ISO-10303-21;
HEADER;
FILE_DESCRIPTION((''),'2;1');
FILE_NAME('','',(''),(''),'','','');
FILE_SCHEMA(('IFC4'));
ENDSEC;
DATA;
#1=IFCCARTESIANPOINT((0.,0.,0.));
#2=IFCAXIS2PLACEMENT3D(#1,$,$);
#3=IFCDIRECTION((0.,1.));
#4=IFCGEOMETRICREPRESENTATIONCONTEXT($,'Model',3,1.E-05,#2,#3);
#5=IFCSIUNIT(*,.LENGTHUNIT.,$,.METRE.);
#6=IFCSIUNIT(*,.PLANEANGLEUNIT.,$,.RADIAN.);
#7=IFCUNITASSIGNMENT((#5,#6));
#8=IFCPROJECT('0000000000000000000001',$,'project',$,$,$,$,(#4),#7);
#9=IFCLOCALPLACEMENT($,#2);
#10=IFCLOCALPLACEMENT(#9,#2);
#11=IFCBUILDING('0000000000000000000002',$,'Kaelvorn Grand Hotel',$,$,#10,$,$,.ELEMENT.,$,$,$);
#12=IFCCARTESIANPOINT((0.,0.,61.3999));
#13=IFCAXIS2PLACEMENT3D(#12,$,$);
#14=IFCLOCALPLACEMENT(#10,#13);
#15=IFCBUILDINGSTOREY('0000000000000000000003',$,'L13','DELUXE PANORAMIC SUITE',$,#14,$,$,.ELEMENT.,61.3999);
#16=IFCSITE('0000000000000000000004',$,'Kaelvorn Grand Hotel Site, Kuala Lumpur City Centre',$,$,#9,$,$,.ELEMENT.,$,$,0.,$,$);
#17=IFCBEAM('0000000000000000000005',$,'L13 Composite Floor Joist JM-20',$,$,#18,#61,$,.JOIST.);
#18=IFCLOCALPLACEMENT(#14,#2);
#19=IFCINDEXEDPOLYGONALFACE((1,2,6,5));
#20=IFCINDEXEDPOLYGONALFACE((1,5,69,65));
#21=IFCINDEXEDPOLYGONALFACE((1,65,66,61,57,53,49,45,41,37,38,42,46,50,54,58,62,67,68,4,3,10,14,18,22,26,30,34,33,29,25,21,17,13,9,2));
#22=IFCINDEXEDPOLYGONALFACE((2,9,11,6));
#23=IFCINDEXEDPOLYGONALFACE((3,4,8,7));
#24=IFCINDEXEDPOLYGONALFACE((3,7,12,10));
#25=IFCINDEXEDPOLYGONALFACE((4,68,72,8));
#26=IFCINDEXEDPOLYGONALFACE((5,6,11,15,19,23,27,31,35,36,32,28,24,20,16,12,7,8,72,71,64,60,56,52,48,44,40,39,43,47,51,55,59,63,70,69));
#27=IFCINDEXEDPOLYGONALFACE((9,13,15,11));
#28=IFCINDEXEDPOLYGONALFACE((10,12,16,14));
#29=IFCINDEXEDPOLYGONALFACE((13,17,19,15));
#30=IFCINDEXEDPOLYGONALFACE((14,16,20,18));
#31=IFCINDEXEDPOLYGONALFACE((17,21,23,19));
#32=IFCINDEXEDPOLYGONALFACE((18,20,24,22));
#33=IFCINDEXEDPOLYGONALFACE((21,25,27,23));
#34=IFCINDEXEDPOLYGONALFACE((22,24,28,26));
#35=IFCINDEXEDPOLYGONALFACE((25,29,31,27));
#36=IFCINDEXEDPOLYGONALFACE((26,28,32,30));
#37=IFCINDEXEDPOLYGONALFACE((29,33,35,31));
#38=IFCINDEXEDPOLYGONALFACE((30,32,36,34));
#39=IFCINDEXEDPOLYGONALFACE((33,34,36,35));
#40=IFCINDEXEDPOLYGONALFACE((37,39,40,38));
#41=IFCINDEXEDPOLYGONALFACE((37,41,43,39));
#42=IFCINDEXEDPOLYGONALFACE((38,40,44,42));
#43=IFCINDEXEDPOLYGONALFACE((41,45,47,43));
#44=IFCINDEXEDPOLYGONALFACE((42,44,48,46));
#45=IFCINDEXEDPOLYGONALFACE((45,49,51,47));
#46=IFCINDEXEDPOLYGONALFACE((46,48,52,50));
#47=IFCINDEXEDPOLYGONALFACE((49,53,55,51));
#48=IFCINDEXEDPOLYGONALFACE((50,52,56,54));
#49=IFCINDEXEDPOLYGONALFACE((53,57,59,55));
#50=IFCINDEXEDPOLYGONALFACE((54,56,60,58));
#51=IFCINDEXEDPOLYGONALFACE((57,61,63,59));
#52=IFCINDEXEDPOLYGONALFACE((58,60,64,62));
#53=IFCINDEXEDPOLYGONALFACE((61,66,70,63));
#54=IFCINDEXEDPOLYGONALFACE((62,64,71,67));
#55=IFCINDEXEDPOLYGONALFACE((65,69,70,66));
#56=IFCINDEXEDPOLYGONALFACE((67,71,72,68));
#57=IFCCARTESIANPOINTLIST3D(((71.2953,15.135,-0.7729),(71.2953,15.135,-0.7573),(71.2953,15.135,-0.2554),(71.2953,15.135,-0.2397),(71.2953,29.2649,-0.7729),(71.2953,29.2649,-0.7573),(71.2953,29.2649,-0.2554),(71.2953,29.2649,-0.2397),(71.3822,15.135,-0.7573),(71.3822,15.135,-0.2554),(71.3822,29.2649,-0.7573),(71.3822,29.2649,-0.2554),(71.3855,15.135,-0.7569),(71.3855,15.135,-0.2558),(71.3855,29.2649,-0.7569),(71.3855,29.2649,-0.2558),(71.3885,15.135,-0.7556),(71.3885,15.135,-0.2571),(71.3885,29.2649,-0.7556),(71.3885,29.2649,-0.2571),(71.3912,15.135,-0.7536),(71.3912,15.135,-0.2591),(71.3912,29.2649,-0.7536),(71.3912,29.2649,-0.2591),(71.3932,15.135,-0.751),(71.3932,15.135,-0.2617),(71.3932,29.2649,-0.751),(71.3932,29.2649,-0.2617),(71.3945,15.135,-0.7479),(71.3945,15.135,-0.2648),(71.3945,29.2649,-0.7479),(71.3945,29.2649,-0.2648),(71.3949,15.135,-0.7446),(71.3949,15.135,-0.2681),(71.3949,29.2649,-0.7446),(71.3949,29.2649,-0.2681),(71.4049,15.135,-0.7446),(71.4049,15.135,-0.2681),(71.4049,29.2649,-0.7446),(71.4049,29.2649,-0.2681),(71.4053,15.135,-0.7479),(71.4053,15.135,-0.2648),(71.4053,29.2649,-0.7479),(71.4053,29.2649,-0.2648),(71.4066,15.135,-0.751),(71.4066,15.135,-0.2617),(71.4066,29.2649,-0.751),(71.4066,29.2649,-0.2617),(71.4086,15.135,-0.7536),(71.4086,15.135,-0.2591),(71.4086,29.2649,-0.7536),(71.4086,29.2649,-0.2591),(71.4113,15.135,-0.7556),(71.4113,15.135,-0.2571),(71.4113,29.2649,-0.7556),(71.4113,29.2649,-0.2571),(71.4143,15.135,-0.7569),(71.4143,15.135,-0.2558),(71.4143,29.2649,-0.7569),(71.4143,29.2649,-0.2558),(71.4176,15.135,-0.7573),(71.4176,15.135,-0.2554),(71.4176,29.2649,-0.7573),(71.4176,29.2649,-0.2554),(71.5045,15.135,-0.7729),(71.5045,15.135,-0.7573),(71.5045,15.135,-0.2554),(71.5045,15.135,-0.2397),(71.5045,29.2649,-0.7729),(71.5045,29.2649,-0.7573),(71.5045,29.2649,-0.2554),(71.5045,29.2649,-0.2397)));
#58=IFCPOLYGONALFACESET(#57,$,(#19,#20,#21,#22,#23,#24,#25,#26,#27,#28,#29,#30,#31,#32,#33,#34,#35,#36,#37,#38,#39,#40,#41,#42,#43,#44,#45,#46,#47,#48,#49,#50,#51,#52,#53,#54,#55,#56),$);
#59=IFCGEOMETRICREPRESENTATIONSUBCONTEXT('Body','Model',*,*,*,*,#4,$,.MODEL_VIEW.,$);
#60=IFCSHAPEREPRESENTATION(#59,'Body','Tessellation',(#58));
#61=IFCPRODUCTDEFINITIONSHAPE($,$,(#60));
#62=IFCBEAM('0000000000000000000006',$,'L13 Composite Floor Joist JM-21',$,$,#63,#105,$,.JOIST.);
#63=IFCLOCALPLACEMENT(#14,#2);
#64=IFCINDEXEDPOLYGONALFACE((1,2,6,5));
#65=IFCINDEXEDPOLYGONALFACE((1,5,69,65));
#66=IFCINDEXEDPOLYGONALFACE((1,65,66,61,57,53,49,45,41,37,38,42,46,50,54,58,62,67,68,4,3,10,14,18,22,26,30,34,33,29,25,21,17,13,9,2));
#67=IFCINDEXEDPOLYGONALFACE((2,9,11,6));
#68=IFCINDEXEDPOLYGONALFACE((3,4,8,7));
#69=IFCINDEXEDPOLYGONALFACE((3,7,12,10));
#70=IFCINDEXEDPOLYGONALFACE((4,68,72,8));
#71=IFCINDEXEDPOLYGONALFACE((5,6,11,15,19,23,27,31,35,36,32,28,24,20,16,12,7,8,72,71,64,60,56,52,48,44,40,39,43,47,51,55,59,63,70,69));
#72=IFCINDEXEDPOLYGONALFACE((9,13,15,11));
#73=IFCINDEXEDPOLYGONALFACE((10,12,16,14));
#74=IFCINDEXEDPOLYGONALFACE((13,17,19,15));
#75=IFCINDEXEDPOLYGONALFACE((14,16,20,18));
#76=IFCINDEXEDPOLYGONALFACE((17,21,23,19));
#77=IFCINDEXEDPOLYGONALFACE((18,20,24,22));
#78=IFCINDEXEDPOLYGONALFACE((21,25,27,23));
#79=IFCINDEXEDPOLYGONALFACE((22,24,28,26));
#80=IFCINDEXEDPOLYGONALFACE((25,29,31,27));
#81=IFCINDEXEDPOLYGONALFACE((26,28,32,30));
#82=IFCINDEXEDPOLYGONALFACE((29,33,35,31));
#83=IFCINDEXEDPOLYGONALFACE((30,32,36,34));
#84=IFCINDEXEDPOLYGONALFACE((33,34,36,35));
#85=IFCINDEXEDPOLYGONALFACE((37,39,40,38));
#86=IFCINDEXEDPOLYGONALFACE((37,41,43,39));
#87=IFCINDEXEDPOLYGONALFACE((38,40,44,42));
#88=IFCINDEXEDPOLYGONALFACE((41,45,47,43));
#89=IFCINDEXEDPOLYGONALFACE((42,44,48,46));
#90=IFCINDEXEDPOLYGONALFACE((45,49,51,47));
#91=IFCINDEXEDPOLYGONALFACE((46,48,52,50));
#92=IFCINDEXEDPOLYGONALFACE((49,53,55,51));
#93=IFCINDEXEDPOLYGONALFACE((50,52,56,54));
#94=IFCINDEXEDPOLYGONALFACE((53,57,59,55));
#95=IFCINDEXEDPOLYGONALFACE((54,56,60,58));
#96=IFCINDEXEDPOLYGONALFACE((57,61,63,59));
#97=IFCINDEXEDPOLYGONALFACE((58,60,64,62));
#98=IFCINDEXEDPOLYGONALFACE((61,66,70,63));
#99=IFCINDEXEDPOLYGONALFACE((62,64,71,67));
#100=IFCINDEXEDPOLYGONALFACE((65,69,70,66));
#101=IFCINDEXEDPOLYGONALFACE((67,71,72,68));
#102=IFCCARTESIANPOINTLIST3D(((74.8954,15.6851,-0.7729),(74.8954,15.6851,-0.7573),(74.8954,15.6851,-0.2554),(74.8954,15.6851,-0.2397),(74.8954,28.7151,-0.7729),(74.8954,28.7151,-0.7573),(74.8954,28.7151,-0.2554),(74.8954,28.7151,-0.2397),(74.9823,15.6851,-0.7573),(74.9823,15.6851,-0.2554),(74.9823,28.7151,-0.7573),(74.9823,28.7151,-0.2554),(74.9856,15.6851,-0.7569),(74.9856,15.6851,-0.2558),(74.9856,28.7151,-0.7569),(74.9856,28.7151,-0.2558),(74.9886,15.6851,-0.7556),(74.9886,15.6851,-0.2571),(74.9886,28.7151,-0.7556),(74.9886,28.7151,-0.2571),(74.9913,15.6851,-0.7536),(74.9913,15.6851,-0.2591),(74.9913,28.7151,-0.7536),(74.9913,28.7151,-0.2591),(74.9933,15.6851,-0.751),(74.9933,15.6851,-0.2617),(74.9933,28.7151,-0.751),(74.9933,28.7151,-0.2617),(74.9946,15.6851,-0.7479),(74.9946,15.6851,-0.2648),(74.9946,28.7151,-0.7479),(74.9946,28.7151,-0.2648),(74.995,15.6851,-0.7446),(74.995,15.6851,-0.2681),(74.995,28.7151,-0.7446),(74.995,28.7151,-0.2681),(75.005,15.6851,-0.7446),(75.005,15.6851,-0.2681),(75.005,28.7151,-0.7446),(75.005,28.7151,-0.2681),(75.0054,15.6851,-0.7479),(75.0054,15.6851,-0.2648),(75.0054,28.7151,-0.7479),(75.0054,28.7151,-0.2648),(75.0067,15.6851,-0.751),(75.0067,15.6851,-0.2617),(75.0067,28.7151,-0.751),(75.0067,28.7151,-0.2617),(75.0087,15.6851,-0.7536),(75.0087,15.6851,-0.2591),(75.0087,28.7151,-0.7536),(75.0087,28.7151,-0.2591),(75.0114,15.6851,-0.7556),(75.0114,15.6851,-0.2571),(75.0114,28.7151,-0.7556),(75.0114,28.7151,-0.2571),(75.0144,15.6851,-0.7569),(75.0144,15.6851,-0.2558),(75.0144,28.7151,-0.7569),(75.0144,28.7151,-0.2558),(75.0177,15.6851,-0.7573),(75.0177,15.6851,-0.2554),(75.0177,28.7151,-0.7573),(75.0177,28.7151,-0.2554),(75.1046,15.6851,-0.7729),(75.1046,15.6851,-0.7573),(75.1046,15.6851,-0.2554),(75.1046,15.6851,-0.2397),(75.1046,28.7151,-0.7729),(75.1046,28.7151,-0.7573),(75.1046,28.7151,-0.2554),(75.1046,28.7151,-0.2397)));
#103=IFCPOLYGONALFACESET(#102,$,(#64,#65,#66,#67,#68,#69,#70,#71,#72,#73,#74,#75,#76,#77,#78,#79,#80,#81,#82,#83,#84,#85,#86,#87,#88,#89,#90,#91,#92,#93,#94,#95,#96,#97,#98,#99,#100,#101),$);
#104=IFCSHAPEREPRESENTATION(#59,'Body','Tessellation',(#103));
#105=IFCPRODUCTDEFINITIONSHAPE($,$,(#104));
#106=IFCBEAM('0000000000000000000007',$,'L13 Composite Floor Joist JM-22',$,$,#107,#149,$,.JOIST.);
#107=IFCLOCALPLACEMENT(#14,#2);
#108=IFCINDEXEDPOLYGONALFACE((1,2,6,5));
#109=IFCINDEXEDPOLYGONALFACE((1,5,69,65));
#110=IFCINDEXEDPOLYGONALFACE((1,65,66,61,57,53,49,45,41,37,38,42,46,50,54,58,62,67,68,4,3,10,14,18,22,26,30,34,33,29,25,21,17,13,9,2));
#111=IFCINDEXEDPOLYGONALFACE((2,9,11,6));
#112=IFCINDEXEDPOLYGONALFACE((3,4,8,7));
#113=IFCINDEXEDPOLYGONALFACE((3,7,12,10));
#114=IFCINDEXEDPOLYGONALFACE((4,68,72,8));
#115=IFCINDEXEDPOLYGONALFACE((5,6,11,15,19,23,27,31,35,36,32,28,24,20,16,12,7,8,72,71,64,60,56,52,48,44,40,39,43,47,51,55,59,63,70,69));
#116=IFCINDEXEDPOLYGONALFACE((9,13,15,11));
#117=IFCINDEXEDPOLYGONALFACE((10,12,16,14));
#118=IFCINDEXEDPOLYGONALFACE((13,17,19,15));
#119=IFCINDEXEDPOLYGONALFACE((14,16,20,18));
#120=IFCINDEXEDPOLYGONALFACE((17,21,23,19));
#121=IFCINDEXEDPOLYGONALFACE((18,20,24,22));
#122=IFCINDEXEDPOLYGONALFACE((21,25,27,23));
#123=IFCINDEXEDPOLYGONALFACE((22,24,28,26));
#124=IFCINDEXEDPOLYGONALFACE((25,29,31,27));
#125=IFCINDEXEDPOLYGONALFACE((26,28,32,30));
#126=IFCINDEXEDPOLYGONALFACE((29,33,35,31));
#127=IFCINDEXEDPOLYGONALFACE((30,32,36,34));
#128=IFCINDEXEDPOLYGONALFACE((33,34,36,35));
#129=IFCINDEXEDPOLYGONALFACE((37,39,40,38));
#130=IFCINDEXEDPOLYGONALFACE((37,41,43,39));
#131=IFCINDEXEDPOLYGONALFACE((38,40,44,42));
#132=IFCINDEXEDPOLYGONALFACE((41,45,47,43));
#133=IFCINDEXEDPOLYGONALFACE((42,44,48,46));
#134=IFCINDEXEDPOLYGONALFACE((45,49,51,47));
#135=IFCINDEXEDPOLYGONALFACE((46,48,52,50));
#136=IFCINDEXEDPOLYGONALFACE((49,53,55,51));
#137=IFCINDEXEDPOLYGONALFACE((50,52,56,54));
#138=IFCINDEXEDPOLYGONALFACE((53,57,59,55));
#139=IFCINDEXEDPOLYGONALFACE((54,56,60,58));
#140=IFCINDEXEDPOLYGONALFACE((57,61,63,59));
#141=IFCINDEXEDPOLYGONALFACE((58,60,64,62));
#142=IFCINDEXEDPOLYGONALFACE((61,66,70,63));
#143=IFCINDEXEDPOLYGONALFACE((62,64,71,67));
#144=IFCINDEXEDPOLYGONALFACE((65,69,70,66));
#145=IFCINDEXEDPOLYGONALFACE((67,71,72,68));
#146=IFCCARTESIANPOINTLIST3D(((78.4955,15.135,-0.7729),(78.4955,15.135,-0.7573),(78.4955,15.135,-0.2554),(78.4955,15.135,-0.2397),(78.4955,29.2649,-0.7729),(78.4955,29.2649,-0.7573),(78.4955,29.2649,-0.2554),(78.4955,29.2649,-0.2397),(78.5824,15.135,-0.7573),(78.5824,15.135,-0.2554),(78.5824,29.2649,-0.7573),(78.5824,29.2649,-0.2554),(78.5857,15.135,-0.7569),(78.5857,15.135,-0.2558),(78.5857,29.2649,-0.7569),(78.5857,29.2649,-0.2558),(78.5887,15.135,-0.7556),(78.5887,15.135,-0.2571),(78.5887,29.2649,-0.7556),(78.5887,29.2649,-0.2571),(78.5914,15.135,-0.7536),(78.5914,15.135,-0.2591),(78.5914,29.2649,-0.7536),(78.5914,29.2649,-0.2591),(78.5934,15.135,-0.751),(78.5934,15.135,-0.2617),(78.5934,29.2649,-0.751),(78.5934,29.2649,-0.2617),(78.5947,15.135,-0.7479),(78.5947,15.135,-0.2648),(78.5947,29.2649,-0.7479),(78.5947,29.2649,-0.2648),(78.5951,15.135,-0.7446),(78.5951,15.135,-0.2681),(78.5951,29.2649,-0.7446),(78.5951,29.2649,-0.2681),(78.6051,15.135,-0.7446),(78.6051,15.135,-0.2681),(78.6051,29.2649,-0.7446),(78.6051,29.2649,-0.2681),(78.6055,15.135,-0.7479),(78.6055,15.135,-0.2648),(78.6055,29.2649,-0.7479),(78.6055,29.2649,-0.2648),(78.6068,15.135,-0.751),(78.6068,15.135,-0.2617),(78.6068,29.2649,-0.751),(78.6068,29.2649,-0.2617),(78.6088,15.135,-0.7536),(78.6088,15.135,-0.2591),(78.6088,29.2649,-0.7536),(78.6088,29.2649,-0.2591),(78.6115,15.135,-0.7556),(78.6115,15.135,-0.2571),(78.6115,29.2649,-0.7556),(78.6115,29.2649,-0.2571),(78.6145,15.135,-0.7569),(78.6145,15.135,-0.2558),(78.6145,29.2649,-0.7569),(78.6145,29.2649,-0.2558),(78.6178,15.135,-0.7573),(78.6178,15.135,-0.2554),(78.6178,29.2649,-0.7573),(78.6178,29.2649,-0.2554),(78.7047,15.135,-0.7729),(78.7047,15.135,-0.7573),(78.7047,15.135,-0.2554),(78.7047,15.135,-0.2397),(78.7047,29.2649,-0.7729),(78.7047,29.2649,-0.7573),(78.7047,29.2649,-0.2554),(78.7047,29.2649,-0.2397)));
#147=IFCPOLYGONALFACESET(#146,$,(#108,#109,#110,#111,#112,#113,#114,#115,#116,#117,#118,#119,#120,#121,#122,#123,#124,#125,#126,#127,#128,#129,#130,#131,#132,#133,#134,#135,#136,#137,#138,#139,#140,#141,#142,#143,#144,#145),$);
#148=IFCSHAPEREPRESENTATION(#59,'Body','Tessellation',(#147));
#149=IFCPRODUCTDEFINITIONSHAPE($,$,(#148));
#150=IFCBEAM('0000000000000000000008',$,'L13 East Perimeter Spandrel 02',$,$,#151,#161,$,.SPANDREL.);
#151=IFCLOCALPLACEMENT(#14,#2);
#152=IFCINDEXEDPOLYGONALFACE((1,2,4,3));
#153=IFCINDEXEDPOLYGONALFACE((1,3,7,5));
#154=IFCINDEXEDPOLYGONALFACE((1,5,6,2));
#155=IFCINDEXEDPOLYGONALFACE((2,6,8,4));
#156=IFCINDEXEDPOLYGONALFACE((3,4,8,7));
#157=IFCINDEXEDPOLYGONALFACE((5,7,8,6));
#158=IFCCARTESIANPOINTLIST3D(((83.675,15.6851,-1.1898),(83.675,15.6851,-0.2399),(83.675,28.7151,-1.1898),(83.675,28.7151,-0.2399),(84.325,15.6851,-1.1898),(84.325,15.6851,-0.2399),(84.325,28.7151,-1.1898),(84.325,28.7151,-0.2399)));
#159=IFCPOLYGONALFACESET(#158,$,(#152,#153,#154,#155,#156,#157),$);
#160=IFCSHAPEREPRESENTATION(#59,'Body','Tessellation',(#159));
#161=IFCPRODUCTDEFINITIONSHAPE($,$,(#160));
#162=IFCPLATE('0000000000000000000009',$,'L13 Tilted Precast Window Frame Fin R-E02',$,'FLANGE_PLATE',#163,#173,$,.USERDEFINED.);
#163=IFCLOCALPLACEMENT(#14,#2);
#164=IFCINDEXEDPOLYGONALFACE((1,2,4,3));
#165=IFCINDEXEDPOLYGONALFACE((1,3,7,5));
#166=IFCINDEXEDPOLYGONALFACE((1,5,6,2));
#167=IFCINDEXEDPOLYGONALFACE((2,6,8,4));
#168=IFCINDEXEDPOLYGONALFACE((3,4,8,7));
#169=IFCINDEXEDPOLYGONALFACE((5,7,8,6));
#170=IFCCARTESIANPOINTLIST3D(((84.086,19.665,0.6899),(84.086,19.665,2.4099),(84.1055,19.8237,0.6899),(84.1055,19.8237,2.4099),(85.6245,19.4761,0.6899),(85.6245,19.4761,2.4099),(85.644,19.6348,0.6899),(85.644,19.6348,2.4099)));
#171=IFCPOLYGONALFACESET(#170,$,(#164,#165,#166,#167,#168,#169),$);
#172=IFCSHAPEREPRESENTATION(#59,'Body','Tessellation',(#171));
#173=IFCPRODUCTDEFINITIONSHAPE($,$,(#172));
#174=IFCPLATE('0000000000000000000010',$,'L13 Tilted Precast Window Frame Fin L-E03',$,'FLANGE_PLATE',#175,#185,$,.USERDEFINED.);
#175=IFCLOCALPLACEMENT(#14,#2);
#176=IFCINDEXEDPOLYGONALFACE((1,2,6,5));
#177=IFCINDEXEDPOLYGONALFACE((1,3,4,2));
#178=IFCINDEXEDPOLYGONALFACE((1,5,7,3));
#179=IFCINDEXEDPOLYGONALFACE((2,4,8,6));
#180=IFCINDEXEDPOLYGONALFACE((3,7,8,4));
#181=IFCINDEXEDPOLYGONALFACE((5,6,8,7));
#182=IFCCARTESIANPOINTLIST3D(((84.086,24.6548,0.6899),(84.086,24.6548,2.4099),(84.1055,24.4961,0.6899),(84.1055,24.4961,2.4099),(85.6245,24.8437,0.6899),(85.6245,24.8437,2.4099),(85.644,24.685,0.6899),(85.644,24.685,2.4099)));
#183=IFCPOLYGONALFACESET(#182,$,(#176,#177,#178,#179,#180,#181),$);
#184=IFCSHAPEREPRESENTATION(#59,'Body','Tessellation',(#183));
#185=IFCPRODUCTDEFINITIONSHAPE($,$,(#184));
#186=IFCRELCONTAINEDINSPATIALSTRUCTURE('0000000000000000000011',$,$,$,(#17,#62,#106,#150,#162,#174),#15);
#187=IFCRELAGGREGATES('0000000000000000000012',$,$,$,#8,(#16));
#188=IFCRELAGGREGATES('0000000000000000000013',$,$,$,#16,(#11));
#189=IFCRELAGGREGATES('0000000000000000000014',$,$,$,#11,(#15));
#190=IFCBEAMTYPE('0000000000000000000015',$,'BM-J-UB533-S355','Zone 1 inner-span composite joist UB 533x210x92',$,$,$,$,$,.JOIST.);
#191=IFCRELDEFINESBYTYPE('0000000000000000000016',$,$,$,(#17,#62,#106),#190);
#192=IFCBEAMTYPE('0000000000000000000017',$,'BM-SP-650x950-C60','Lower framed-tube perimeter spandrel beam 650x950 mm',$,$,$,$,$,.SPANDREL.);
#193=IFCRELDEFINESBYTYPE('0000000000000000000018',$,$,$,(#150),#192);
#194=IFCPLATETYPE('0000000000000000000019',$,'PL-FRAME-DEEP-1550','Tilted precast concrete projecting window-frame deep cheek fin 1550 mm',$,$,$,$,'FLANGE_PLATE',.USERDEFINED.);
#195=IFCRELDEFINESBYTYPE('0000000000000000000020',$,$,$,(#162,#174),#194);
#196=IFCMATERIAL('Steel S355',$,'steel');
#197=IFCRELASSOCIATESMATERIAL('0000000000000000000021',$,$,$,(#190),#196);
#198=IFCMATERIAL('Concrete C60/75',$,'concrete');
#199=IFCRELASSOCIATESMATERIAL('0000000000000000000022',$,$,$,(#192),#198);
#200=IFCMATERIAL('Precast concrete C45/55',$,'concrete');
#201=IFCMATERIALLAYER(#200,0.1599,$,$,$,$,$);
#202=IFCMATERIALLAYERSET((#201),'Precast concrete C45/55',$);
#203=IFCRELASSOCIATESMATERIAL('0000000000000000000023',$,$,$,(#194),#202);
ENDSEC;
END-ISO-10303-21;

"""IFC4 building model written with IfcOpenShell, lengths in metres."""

from ifc_helpers import new_model, si_unit, direction, frame, origin, origin_2d, place, context, subcontext, project, spatial, rectangle, i_section, extrude, material, layer, layer_set, material_profile, profile_set, type_object, element, save


model = new_model("IFC4")

# Units and contexts
model_context = context("Model", 3, precision=1e-05, world=origin(), true_north=direction((0.0, 1.0)))
body_context = subcontext(model_context, "Body", "Model", "MODEL_VIEW")
ifc_project = project(units=[si_unit("LENGTHUNIT", "METRE"), si_unit("PLANEANGLEUNIT", "RADIAN")], contexts=[model_context])

# Site, building, storey
site_placement = place(None, origin())
site = spatial("IfcSite", under=ifc_project, at=site_placement, Name="Kaelvorn Grand Hotel Site, Kuala Lumpur City Centre", CompositionType="ELEMENT", RefElevation=0.0)
building_placement = place(site_placement, origin())
building = spatial("IfcBuilding", under=site, at=building_placement, Name="Kaelvorn Grand Hotel", CompositionType="ELEMENT")
storey_placement = place(building_placement, frame((0.0, 0.0, 61.3999)))
storey = spatial("IfcBuildingStorey", under=building, at=storey_placement, Name="L13", Description="DELUXE PANORAMIC SUITE", CompositionType="ELEMENT", Elevation=61.3999)

# Beams
ifc_material_1 = material(Name="Steel S355", Category="steel")
ifc_material_profile_1 = material_profile(ifc_material_1, i_section(OverallWidth=0.2092, OverallDepth=0.5332, WebThickness=0.01, FlangeThickness=0.0156, FilletRadius=0.0127, at=origin_2d()), Name="UB 533x210x92")
ifc_profile_set_1 = profile_set([ifc_material_profile_1], Name="Steel S355")
beam_type_1 = type_object("IfcBeamType", Name="BM-J-UB533-S355", Description="Zone 1 inner-span composite joist UB 533x210x92", PredefinedType="JOIST", material=ifc_profile_set_1)
beam_1_placement = place(storey_placement, frame((71.3999, 15.135, -0.5063), z_axis=(0.0, 1.0, 0.0), x_axis=(-1.0, 0.0, 0.0)))
element("IfcBeam", 1, at=beam_1_placement, inside=storey, type_object=beam_type_1, Name="L13 Composite Floor Joist JM-20", PredefinedType="JOIST", context=body_context, shape_type="SweptSolid", body=[
    extrude(i_section(OverallWidth=0.2092, OverallDepth=0.5332, WebThickness=0.01, FlangeThickness=0.0156, FilletRadius=0.0127, at=origin_2d()), origin(), (0.0, 0.0, 1.0), 14.1299),
])
beam_2_placement = place(storey_placement, frame((75.0, 15.6851, -0.5063), z_axis=(0.0, 1.0, 0.0), x_axis=(-1.0, 0.0, 0.0)))
element("IfcBeam", 2, at=beam_2_placement, inside=storey, type_object=beam_type_1, Name="L13 Composite Floor Joist JM-21", PredefinedType="JOIST", context=body_context, shape_type="SweptSolid", body=[
    extrude(i_section(OverallWidth=0.2092, OverallDepth=0.5332, WebThickness=0.01, FlangeThickness=0.0156, FilletRadius=0.0127, at=origin_2d()), origin(), (0.0, 0.0, 1.0), 13.03),
])
beam_3_placement = place(storey_placement, frame((78.6001, 15.135, -0.5063), z_axis=(0.0, 1.0, 0.0), x_axis=(-1.0, 0.0, 0.0)))
element("IfcBeam", 3, at=beam_3_placement, inside=storey, type_object=beam_type_1, Name="L13 Composite Floor Joist JM-22", PredefinedType="JOIST", context=body_context, shape_type="SweptSolid", body=[
    extrude(i_section(OverallWidth=0.2092, OverallDepth=0.5332, WebThickness=0.01, FlangeThickness=0.0156, FilletRadius=0.0127, at=origin_2d()), origin(), (0.0, 0.0, 1.0), 14.1299),
])
ifc_material_2 = material(Name="Concrete C60/75", Category="concrete")
ifc_material_profile_2 = material_profile(ifc_material_2, rectangle(XDim=0.6499, YDim=0.95, at=origin_2d()), Name="RC SPANDREL 650x950")
ifc_profile_set_2 = profile_set([ifc_material_profile_2], Name="Concrete C60/75")
beam_type_2 = type_object("IfcBeamType", Name="BM-SP-650x950-C60", Description="Lower framed-tube perimeter spandrel beam 650x950 mm", PredefinedType="SPANDREL", material=ifc_profile_set_2)
beam_4_placement = place(storey_placement, frame((84.0, 15.6851, -0.7148), z_axis=(0.0, 1.0, 0.0), x_axis=(-1.0, 0.0, 0.0)))
element("IfcBeam", 4, at=beam_4_placement, inside=storey, type_object=beam_type_2, Name="L13 East Perimeter Spandrel 02", PredefinedType="SPANDREL", context=body_context, shape_type="SweptSolid", body=[
    extrude(rectangle(XDim=0.6499, YDim=0.95, at=origin_2d()), origin(), (0.0, 0.0, 1.0), 13.03),
])

# Plates
ifc_material_3 = material(Name="Precast concrete C45/55", Category="concrete")
ifc_layer_1 = layer(ifc_material_3, 0.1599)
ifc_layer_set_1 = layer_set([ifc_layer_1], Name="Precast concrete C45/55")
plate_type_1 = type_object("IfcPlateType", Name="PL-FRAME-DEEP-1550", Description="Tilted precast concrete projecting window-frame deep cheek fin 1550 mm", ElementType="FLANGE_PLATE", PredefinedType="USERDEFINED", material=ifc_layer_set_1)
for number, where, z_axis, x_axis, name in (
    (5, (84.865, 19.6499, 0.6899), (0.0, 0.0, 1.0), (0.121869, 0.992546, 0.0), "L13 Tilted Precast Window Frame Fin R-E02"),
    (6, (84.865, 24.6699, 0.6899), (0.0, 0.0, 1.0), (-0.121869, 0.992546, 0.0), "L13 Tilted Precast Window Frame Fin L-E03"),
):
    element("IfcPlate", number, at=place(storey_placement, frame(where, z_axis=z_axis, x_axis=x_axis)), inside=storey, type_object=plate_type_1, Name=name, ObjectType="FLANGE_PLATE", PredefinedType="USERDEFINED", context=body_context, shape_type="SweptSolid", body=[
        extrude(rectangle(XDim=0.1599, YDim=1.55, at=origin_2d()), origin(), (0.0, 0.0, 1.0), 1.72),
    ])

save(model, "model.ifc")
